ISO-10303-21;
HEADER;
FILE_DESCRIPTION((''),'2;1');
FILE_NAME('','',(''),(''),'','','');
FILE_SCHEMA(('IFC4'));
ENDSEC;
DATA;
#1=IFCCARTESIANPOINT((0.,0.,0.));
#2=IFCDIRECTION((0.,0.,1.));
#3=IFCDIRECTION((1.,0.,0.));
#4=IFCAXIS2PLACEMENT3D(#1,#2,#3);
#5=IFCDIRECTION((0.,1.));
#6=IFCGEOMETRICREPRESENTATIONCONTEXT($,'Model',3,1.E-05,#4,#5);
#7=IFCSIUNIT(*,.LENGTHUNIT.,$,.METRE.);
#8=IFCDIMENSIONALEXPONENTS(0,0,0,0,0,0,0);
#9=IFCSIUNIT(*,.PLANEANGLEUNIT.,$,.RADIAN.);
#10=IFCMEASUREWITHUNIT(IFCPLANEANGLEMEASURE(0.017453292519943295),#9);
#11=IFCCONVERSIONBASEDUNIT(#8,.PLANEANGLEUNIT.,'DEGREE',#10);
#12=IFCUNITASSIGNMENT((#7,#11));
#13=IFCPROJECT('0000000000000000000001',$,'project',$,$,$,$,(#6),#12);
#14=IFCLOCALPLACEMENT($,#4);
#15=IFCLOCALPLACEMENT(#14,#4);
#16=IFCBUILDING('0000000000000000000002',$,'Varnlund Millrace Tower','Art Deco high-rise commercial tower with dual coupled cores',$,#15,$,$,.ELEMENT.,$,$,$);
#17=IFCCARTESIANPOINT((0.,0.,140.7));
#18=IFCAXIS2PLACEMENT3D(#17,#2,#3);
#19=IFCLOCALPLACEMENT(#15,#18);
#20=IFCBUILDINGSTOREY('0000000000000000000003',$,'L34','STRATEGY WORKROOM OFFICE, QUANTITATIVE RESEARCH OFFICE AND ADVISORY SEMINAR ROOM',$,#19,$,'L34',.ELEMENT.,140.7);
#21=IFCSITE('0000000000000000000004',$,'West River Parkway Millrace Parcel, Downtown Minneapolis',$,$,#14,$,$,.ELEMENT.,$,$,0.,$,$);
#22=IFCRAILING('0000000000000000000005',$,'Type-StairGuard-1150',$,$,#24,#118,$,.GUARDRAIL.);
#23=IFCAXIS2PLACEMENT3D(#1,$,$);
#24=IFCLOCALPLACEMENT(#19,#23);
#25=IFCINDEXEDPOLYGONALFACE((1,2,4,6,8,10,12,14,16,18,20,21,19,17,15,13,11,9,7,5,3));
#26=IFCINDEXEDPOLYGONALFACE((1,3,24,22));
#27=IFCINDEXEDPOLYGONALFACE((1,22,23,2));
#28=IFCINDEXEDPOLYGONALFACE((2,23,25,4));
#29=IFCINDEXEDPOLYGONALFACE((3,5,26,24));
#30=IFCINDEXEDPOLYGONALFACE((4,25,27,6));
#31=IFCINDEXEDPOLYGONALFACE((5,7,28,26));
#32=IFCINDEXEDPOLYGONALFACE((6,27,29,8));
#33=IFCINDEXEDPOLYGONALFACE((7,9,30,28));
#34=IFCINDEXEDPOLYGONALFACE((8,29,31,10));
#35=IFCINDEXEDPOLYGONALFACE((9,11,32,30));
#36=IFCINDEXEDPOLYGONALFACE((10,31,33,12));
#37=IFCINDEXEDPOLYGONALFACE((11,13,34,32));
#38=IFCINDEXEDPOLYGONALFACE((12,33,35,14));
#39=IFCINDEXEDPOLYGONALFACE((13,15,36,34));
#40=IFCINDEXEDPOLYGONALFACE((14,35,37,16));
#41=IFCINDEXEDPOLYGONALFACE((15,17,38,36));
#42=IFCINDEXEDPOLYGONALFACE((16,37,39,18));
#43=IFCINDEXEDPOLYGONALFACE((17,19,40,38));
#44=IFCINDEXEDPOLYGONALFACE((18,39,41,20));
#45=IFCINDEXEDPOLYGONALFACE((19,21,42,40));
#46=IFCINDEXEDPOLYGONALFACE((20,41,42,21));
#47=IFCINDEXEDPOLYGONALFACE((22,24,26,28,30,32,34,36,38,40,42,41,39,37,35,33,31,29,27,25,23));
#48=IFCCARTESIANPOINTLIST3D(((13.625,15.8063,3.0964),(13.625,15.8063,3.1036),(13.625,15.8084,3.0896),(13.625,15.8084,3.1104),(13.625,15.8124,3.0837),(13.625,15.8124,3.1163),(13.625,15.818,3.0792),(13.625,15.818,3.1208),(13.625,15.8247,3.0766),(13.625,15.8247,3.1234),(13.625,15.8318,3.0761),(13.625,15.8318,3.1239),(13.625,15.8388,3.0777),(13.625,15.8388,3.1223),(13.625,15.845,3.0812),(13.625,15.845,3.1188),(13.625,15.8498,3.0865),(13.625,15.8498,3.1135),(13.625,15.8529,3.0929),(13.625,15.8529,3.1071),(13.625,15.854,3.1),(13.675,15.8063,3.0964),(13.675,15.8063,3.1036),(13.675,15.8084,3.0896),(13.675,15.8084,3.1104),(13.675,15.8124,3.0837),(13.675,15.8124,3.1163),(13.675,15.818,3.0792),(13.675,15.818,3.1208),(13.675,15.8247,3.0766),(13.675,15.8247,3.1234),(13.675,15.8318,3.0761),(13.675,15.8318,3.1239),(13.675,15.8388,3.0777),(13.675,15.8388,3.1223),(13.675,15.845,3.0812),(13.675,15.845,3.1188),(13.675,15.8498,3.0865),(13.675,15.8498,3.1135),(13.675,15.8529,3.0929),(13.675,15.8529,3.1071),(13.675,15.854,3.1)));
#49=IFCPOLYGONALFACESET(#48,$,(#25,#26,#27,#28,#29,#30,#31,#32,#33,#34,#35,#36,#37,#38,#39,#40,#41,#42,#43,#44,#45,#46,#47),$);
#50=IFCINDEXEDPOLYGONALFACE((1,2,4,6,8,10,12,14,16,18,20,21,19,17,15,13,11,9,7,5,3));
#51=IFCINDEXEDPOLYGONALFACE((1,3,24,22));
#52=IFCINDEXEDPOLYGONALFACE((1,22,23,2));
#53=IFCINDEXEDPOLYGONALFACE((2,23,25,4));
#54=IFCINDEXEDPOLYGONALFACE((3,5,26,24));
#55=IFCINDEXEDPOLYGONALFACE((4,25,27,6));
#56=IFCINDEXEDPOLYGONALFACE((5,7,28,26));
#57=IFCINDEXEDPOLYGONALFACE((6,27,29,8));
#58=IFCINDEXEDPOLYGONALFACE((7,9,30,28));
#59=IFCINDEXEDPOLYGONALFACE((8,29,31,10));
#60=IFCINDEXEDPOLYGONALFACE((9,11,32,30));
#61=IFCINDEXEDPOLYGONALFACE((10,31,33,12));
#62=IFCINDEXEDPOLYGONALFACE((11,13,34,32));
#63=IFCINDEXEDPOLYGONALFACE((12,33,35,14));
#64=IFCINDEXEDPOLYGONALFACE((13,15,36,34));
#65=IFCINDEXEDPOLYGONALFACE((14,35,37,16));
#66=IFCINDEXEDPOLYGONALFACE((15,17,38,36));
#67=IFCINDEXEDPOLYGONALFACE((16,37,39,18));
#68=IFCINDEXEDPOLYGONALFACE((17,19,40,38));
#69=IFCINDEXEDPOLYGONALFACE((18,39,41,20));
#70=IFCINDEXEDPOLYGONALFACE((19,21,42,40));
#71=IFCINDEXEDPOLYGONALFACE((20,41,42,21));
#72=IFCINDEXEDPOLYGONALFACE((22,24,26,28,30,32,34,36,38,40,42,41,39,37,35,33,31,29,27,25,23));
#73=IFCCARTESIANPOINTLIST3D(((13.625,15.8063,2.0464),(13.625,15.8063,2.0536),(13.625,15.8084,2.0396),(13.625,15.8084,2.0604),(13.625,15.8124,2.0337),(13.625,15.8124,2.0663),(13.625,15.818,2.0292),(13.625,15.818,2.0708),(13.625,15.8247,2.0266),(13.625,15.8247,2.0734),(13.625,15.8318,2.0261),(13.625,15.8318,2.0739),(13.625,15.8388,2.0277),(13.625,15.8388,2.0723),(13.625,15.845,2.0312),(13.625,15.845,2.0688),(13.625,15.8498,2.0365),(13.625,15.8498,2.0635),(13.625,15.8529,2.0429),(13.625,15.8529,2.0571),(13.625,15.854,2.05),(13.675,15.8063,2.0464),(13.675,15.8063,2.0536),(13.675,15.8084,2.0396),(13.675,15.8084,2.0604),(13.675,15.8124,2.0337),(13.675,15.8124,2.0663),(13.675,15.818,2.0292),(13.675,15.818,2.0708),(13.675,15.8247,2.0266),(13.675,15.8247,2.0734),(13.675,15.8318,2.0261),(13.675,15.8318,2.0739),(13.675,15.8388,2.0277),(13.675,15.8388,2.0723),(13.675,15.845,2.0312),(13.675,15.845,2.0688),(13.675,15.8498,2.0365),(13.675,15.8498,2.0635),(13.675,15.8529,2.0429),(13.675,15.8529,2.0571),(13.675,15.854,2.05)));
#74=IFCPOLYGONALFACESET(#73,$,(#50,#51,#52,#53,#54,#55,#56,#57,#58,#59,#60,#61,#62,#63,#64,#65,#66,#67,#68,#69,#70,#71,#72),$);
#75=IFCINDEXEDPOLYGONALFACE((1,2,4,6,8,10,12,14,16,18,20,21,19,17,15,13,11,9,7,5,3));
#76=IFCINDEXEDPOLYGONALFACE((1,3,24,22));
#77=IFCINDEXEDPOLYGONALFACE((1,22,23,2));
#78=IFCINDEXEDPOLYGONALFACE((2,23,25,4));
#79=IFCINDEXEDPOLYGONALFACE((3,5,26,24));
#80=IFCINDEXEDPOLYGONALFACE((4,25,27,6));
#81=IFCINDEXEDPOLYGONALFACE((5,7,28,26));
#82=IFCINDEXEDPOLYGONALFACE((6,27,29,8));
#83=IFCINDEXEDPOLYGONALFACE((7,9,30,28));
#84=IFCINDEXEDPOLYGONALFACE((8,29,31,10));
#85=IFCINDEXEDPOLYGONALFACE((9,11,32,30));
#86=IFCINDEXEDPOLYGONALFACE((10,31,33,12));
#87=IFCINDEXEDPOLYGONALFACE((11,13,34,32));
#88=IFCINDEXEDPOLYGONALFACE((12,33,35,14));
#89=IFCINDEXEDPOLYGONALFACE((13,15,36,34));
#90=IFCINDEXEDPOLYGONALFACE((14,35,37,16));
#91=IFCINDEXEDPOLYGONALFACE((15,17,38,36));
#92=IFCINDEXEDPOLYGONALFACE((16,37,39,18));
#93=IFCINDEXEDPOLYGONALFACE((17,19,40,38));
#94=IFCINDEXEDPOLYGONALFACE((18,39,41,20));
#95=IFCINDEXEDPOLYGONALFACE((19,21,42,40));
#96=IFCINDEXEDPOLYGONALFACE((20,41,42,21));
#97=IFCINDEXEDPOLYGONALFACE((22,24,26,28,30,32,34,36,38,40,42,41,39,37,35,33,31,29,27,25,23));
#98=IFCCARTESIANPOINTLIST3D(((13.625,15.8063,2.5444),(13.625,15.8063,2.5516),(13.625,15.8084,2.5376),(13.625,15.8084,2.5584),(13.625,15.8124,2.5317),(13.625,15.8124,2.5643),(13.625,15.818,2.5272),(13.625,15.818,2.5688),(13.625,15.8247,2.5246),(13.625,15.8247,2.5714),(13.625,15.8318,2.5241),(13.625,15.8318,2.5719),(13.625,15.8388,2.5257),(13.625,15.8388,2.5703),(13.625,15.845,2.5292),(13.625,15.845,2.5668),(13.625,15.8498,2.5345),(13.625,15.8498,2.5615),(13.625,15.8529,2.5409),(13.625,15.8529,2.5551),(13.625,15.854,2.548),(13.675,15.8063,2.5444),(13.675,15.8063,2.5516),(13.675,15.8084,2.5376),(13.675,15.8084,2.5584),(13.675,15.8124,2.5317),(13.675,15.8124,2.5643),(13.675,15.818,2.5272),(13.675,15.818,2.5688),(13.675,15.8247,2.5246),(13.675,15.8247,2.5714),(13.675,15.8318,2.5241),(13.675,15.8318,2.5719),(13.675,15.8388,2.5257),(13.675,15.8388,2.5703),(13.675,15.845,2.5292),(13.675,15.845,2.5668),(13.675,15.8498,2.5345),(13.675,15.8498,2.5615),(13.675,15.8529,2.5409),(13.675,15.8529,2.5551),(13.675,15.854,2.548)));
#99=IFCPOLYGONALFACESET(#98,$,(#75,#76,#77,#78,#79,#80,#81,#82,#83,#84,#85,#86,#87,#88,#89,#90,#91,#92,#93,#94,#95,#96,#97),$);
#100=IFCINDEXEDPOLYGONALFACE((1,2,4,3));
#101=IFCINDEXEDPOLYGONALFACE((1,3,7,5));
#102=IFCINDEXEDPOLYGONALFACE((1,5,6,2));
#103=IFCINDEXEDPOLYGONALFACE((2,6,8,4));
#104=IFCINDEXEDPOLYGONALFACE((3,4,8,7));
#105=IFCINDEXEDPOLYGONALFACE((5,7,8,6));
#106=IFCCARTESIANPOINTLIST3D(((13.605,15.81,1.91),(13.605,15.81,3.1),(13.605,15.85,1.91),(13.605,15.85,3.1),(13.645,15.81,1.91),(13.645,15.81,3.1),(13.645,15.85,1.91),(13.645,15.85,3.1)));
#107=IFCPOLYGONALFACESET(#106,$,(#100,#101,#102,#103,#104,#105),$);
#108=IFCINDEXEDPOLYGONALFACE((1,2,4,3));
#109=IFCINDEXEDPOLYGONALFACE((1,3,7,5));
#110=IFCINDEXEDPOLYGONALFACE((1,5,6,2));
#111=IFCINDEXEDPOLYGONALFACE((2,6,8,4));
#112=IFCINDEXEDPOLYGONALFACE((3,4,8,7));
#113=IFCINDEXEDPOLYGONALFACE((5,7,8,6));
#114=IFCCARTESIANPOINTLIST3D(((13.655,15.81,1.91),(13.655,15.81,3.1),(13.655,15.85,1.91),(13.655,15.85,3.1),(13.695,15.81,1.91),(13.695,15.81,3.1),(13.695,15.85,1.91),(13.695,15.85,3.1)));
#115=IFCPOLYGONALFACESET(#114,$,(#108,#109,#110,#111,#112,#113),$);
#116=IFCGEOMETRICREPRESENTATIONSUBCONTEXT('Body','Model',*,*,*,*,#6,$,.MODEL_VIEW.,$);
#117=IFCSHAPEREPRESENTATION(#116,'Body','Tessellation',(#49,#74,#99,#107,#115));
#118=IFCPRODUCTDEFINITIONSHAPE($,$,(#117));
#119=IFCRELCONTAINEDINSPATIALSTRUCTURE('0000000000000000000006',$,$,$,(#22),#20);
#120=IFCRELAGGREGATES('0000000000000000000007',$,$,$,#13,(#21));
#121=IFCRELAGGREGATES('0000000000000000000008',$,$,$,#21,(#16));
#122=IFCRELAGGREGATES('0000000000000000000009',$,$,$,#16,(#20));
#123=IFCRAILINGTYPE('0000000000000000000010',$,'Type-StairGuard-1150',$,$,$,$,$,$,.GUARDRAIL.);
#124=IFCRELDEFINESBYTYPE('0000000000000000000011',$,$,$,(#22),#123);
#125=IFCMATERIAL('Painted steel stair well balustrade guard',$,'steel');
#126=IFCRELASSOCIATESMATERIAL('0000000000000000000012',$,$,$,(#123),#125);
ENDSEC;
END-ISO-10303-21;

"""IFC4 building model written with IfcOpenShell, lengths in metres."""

from ifc_helpers import new_model, entity, si_unit, converted_unit, direction, frame, origin_with_axes, origin_2d_with_axis, place, context, subcontext, project, spatial, rectangle, circle, extrude, material, type_object, element, save


model = new_model("IFC4")

# Units and contexts
model_context = context("Model", 3, precision=1e-05, world=origin_with_axes(), true_north=direction((0.0, 1.0)))
body_context = subcontext(model_context, "Body", "Model", "MODEL_VIEW")
ifc_project = project(units=[si_unit("LENGTHUNIT", "METRE"), converted_unit("PLANEANGLEUNIT", "DEGREE", entity("IfcPlaneAngleMeasure", 0.017453292519943295), si_unit("PLANEANGLEUNIT", "RADIAN"), dimensions=[0, 0, 0, 0, 0, 0, 0])], contexts=[model_context])

# Site, building, storey
site_placement = place(None, origin_with_axes())
site = spatial("IfcSite", under=ifc_project, at=site_placement, Name="West River Parkway Millrace Parcel, Downtown Minneapolis", CompositionType="ELEMENT", RefElevation=0.0)
building_placement = place(site_placement, origin_with_axes())
building = spatial("IfcBuilding", under=site, at=building_placement, Name="Varnlund Millrace Tower", Description="Art Deco high-rise commercial tower with dual coupled cores", CompositionType="ELEMENT")
storey_placement = place(building_placement, frame((0.0, 0.0, 140.7), z_axis=(0.0, 0.0, 1.0), x_axis=(1.0, 0.0, 0.0)))
storey = spatial("IfcBuildingStorey", under=building, at=storey_placement, Name="L34", Description="STRATEGY WORKROOM OFFICE, QUANTITATIVE RESEARCH OFFICE AND ADVISORY SEMINAR ROOM", LongName="L34", CompositionType="ELEMENT", Elevation=140.7)

# Railing
ifc_material_1 = material(Name="Painted steel stair well balustrade guard", Category="steel")
railing_type_1 = type_object("IfcRailingType", Name="Type-StairGuard-1150", PredefinedType="GUARDRAIL", material=ifc_material_1)
railing_1_placement = place(storey_placement, frame((0.0, 0.0, -140.7), z_axis=(0.0, 0.0, 1.0), x_axis=(1.0, 0.0, 0.0)))
element("IfcRailing", 1, at=railing_1_placement, inside=storey, type_object=railing_type_1, Name="Type-StairGuard-1150", PredefinedType="GUARDRAIL", context=body_context, shape_type="SweptSolid", body=[
    extrude(circle(Radius=0.024, at=origin_2d_with_axis()), frame((13.625, 15.83, 143.8), z_axis=(1.0, 0.0, 0.0), x_axis=(0.0, 1.0, 0.0)), (0.0, 0.0, 1.0), 0.05),
    extrude(circle(Radius=0.024, at=origin_2d_with_axis()), frame((13.625, 15.83, 142.75), z_axis=(1.0, 0.0, 0.0), x_axis=(0.0, 1.0, 0.0)), (0.0, 0.0, 1.0), 0.05),
    extrude(circle(Radius=0.024, at=origin_2d_with_axis()), frame((13.625, 15.83, 143.248), z_axis=(1.0, 0.0, 0.0), x_axis=(0.0, 1.0, 0.0)), (0.0, 0.0, 1.0), 0.05),
    extrude(rectangle(XDim=0.04, YDim=0.04, at=origin_2d_with_axis()), frame((13.625, 15.83, 142.61), z_axis=(0.0, 0.0, 1.0), x_axis=(1.0, 0.0, 0.0)), (0.0, 0.0, 1.0), 1.19),
    extrude(rectangle(XDim=0.04, YDim=0.04, at=origin_2d_with_axis()), frame((13.675, 15.83, 142.61), z_axis=(0.0, 0.0, 1.0), x_axis=(1.0, 0.0, 0.0)), (0.0, 0.0, 1.0), 1.19),
])

save(model, "model.ifc")
